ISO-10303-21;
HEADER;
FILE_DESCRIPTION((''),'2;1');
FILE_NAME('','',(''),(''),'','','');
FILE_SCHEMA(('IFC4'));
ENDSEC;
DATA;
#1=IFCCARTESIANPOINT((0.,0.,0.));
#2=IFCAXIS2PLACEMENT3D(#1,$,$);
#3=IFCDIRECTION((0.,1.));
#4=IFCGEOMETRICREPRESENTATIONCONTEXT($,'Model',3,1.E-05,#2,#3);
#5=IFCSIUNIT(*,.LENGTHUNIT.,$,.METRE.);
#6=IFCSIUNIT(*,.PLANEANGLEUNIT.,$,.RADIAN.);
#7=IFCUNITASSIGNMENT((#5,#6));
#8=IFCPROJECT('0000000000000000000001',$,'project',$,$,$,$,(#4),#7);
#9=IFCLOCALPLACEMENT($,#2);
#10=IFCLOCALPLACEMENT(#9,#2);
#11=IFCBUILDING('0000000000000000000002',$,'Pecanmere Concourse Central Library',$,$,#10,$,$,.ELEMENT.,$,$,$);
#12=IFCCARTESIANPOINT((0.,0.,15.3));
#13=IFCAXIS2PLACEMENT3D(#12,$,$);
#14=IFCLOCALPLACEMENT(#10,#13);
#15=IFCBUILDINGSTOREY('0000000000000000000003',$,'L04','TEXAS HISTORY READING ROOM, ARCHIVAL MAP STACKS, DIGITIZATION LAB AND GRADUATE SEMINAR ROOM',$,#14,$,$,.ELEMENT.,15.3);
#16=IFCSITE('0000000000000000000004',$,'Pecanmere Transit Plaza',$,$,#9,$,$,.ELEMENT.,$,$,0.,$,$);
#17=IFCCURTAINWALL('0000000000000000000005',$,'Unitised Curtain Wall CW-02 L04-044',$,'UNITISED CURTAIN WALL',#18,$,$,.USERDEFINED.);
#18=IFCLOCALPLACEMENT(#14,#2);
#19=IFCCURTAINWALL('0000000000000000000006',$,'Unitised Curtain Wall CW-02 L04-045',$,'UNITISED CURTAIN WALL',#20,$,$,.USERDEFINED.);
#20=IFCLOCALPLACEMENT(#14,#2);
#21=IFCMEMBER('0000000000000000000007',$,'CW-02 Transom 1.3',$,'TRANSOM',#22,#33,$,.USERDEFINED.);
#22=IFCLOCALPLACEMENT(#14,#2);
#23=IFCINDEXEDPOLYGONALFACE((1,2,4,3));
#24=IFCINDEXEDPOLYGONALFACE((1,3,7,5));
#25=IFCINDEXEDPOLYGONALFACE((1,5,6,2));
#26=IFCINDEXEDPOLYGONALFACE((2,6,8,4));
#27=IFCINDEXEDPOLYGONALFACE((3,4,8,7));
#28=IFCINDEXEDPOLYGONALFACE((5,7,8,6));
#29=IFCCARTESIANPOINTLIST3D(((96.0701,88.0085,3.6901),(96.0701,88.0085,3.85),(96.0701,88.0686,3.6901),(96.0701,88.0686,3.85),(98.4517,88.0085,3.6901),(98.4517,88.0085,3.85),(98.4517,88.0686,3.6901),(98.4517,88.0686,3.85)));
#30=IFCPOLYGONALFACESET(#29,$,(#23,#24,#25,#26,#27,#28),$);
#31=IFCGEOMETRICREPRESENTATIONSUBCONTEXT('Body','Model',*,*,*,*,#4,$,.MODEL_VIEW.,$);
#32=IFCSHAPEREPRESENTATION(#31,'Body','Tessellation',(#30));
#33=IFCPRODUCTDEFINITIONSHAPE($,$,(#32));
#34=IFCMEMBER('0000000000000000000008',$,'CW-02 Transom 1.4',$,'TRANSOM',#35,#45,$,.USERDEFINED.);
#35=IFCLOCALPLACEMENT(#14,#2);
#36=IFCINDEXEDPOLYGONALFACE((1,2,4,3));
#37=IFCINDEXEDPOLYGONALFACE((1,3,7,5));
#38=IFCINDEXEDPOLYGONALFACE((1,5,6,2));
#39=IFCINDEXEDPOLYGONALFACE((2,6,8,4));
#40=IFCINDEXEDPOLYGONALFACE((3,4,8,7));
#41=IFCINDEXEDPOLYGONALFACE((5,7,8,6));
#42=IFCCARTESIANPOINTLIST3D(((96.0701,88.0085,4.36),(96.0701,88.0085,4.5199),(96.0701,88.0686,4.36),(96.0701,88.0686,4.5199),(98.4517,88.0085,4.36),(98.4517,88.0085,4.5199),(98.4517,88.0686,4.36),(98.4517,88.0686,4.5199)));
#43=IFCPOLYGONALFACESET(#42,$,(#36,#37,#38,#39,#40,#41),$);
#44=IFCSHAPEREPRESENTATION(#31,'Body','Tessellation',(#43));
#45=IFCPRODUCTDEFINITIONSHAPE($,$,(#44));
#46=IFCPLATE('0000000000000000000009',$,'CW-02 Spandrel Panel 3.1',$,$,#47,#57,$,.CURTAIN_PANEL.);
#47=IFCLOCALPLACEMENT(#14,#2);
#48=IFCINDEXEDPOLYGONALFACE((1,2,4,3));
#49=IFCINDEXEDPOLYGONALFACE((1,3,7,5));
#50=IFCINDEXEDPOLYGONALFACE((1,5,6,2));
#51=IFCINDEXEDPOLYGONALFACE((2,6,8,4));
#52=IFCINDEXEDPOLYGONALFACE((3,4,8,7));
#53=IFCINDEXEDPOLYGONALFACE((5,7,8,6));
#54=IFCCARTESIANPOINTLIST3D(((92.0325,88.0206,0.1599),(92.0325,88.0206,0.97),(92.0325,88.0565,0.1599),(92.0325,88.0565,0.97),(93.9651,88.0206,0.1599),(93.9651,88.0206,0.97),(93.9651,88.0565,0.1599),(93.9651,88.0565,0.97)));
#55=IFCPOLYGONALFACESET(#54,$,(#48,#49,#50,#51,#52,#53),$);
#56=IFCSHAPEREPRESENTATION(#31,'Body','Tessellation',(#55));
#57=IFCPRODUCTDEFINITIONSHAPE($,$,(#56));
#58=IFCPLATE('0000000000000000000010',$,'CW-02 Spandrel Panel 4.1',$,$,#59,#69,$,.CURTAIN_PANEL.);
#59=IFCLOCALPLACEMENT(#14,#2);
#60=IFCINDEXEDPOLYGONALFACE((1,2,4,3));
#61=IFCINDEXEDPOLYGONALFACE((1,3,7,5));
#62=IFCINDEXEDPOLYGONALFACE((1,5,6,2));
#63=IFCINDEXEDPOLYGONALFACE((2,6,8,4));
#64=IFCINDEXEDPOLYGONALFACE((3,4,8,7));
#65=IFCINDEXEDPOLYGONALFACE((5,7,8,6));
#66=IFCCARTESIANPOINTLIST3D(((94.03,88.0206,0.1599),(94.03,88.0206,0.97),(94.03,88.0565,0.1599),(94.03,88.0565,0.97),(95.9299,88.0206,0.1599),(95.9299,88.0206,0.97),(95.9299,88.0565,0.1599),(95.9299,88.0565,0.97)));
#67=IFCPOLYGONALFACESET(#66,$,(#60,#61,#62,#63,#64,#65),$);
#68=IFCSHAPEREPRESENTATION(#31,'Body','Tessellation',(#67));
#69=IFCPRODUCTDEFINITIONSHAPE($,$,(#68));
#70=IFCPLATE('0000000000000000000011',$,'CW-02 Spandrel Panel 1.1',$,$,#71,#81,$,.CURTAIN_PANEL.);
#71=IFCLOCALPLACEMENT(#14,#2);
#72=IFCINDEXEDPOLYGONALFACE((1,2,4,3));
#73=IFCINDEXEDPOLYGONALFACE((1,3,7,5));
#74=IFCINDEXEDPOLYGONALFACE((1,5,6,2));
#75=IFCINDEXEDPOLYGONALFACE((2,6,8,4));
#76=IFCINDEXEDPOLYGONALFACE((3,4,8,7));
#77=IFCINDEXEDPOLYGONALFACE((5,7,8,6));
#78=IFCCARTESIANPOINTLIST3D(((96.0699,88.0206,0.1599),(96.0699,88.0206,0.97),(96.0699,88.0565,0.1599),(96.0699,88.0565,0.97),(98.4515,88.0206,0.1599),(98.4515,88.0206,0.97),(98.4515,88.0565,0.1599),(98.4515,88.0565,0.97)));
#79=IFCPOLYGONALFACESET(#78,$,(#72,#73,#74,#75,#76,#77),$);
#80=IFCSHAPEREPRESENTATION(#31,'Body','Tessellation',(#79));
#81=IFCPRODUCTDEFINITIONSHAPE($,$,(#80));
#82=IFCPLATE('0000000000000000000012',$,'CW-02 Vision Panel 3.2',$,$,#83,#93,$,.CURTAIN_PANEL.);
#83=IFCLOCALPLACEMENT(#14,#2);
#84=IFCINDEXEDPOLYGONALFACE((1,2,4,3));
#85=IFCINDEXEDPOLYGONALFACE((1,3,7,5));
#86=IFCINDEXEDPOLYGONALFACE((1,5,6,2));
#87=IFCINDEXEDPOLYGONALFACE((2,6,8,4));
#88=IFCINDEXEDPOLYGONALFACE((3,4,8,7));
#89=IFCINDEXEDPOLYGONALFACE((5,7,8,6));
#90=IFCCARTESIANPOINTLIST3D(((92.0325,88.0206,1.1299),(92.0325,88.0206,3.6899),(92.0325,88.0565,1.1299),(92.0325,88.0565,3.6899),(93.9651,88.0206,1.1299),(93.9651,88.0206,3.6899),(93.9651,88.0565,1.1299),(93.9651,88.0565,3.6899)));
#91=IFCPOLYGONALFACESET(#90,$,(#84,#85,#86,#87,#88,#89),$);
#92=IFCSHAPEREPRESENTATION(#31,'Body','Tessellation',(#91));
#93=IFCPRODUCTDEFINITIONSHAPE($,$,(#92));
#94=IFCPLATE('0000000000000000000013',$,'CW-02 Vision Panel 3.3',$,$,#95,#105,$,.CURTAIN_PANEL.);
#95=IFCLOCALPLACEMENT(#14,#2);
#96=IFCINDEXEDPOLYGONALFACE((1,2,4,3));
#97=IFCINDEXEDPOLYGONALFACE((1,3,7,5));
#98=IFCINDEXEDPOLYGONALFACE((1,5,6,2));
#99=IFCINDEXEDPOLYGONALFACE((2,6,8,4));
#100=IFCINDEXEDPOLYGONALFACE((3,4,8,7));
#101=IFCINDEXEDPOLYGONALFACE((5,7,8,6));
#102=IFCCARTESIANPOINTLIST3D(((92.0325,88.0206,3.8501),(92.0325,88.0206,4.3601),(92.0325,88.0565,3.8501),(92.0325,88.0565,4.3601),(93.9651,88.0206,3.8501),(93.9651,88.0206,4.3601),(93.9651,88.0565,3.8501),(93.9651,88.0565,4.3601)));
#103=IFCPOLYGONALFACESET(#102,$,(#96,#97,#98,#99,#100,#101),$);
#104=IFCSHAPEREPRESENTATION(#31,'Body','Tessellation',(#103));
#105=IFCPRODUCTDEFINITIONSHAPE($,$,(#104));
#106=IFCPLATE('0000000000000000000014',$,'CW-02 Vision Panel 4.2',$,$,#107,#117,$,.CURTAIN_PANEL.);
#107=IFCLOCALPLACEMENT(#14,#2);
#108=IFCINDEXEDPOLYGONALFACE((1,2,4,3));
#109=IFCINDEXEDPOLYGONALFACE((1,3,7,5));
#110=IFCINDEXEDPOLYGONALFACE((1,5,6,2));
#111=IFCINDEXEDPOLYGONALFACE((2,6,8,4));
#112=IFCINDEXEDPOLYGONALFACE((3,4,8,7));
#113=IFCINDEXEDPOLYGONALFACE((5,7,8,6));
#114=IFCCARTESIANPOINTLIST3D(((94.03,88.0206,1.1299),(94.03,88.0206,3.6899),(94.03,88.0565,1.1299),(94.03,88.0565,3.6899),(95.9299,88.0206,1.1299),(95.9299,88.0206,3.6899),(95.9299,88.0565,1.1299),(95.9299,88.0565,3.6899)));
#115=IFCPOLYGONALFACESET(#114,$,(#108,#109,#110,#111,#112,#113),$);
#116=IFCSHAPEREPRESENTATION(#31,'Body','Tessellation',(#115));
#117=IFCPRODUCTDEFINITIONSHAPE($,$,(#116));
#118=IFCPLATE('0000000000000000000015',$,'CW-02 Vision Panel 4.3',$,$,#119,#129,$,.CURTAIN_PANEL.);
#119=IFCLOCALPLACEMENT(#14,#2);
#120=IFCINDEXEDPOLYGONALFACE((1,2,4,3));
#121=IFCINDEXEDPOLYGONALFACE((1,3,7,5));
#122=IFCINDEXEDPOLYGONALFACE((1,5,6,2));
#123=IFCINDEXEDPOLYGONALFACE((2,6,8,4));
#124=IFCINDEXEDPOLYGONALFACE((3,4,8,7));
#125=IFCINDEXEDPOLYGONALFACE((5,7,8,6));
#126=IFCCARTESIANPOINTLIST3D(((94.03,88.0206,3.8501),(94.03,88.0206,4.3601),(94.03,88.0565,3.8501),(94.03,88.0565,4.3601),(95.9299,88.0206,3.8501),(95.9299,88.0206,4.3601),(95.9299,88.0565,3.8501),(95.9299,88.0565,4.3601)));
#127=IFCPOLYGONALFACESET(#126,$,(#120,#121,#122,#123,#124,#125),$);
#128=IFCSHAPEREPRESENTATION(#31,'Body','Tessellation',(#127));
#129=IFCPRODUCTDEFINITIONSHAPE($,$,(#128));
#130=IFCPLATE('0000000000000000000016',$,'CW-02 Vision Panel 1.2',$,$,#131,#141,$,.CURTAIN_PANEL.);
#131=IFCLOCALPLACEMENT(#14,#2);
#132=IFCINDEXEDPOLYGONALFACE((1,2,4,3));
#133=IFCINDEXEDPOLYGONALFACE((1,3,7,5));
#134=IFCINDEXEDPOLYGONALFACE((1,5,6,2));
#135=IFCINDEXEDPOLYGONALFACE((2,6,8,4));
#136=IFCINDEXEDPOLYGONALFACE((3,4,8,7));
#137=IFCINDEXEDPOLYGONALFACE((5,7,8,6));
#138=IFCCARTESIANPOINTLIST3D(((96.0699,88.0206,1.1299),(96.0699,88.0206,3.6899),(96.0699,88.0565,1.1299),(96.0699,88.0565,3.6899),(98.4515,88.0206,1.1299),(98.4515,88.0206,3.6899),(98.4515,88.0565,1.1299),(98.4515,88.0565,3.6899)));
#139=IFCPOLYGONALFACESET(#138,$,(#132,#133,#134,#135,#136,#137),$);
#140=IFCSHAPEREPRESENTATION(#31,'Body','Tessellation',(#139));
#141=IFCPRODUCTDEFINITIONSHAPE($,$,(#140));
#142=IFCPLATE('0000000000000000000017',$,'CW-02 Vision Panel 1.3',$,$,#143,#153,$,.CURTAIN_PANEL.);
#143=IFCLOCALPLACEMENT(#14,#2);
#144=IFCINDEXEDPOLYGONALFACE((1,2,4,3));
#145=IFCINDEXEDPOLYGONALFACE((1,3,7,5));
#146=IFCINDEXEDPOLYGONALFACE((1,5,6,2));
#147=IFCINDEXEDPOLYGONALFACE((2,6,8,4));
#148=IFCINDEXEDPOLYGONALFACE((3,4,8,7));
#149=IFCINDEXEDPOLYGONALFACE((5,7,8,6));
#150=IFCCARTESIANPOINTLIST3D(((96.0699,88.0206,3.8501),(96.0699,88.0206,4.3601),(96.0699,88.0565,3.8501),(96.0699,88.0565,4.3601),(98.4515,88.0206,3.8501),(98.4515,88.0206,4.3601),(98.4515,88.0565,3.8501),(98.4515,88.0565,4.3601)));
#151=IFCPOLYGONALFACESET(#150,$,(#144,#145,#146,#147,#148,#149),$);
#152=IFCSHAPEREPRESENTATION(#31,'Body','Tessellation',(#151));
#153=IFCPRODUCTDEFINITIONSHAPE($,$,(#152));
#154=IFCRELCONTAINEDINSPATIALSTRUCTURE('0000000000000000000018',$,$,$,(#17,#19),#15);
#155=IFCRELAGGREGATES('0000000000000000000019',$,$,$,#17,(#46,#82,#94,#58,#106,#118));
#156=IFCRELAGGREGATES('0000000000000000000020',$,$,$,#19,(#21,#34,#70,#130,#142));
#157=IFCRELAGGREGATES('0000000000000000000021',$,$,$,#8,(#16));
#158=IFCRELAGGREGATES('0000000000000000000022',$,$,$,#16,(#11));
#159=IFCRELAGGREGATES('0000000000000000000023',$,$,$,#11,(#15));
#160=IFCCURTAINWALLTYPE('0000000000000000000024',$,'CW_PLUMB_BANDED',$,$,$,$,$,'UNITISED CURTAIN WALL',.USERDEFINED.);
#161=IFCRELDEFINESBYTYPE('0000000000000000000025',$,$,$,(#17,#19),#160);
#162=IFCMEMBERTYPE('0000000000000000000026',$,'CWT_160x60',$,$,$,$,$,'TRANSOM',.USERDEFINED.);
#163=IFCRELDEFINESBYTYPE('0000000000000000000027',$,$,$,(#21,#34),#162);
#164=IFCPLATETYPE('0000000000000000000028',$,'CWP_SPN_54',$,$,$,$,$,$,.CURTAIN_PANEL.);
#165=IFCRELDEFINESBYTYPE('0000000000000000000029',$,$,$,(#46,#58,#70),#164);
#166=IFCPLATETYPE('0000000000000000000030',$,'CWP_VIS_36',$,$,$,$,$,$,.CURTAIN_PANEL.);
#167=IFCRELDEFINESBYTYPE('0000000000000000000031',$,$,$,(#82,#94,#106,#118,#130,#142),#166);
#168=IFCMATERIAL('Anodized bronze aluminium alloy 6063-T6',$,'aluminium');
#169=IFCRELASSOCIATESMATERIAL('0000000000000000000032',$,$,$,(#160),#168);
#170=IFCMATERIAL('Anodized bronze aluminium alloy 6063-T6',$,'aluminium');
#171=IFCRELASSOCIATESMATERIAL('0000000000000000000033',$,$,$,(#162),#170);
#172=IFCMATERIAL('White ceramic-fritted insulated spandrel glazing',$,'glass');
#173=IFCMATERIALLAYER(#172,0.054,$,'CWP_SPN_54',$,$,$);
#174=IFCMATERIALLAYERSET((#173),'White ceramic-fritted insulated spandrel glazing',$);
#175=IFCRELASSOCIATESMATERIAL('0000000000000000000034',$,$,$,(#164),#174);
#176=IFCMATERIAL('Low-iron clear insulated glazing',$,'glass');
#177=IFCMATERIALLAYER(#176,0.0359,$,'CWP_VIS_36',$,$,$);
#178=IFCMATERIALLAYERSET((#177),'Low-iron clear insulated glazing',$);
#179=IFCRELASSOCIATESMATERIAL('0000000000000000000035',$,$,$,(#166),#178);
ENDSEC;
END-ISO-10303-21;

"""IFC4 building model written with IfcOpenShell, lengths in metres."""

from ifc_helpers import new_model, si_unit, direction, frame, origin, origin_2d, place, context, subcontext, project, spatial, rectangle, extrude, material, layer, layer_set, material_profile, profile_set, type_object, element, aggregate, save


model = new_model("IFC4")

# Units and contexts
model_context = context("Model", 3, precision=1e-05, world=origin(), true_north=direction((0.0, 1.0)))
body_context = subcontext(model_context, "Body", "Model", "MODEL_VIEW")
ifc_project = project(units=[si_unit("LENGTHUNIT", "METRE"), si_unit("PLANEANGLEUNIT", "RADIAN")], contexts=[model_context])

# Site, building, storey
site_placement = place(None, origin())
site = spatial("IfcSite", under=ifc_project, at=site_placement, Name="Pecanmere Transit Plaza", CompositionType="ELEMENT", RefElevation=0.0)
building_placement = place(site_placement, origin())
building = spatial("IfcBuilding", under=site, at=building_placement, Name="Pecanmere Concourse Central Library", CompositionType="ELEMENT")
storey_placement = place(building_placement, frame((0.0, 0.0, 15.3)))
storey = spatial("IfcBuildingStorey", under=building, at=storey_placement, Name="L04", Description="TEXAS HISTORY READING ROOM, ARCHIVAL MAP STACKS, DIGITIZATION LAB AND GRADUATE SEMINAR ROOM", CompositionType="ELEMENT", Elevation=15.3)

# Curtain walls
ifc_material_1 = material(Name="Anodized bronze aluminium alloy 6063-T6", Category="aluminium")
curtain_wall_type = type_object("IfcCurtainWallType", Name="CW_PLUMB_BANDED", ElementType="UNITISED CURTAIN WALL", PredefinedType="USERDEFINED", material=ifc_material_1)
curtain_wall_1_placement = place(storey_placement, origin())
curtain_wall_1 = element("IfcCurtainWall", 1, at=curtain_wall_1_placement, inside=storey, type_object=curtain_wall_type, Name="Unitised Curtain Wall CW-02 L04-044", ObjectType="UNITISED CURTAIN WALL", PredefinedType="USERDEFINED")
curtain_wall_2_placement = place(storey_placement, origin())
curtain_wall_2 = element("IfcCurtainWall", 2, at=curtain_wall_2_placement, inside=storey, type_object=curtain_wall_type, Name="Unitised Curtain Wall CW-02 L04-045", ObjectType="UNITISED CURTAIN WALL", PredefinedType="USERDEFINED")

# Members
ifc_material_2 = material(Name="Anodized bronze aluminium alloy 6063-T6", Category="aluminium")
ifc_material_profile_1 = material_profile(ifc_material_2, rectangle(XDim=0.0601, YDim=0.1599, at=origin_2d()), Name="AL 60x160")
ifc_profile_set_1 = profile_set([ifc_material_profile_1], Name="Anodized bronze aluminium alloy 6063-T6")
member_type_1 = type_object("IfcMemberType", Name="CWT_160x60", ElementType="TRANSOM", PredefinedType="USERDEFINED", material=ifc_profile_set_1)
member_1_placement = place(storey_placement, frame((96.0701, 88.0386, 3.77), z_axis=(1.0, 0.0, 0.0), x_axis=(0.0, 1.0, 0.0)))
member_1 = element("IfcMember", 3, at=member_1_placement, type_object=member_type_1, Name="CW-02 Transom 1.3", ObjectType="TRANSOM", PredefinedType="USERDEFINED", context=body_context, shape_type="SweptSolid", body=[
    extrude(rectangle(XDim=0.0601, YDim=0.1599, at=origin_2d()), origin(), (0.0, 0.0, 1.0), 2.3816),
])
member_2_placement = place(storey_placement, frame((96.0701, 88.0386, 4.4399), z_axis=(1.0, 0.0, 0.0), x_axis=(0.0, 1.0, 0.0)))
member_2 = element("IfcMember", 4, at=member_2_placement, type_object=member_type_1, Name="CW-02 Transom 1.4", ObjectType="TRANSOM", PredefinedType="USERDEFINED", context=body_context, shape_type="SweptSolid", body=[
    extrude(rectangle(XDim=0.0601, YDim=0.1599, at=origin_2d()), origin(), (0.0, 0.0, 1.0), 2.3816),
])

# Plates
ifc_material_3 = material(Name="White ceramic-fritted insulated spandrel glazing", Category="glass")
ifc_layer_1 = layer(ifc_material_3, 0.054, Name="CWP_SPN_54")
ifc_layer_set_1 = layer_set([ifc_layer_1], Name="White ceramic-fritted insulated spandrel glazing")
plate_type_1 = type_object("IfcPlateType", Name="CWP_SPN_54", PredefinedType="CURTAIN_PANEL", material=ifc_layer_set_1)
plate_1_placement = place(storey_placement, frame((92.9988, 88.0386, 0.1599), z_axis=(0.0, 0.0, 1.0), x_axis=(1.0, 0.0, 0.0)))
plate_1 = element("IfcPlate", 5, at=plate_1_placement, type_object=plate_type_1, Name="CW-02 Spandrel Panel 3.1", PredefinedType="CURTAIN_PANEL", context=body_context, shape_type="SweptSolid", body=[
    extrude(rectangle(XDim=1.9326, YDim=0.0359, at=origin_2d()), origin(), (0.0, 0.0, 1.0), 0.8101),
])
plate_2_placement = place(storey_placement, frame((94.98, 88.0386, 0.1599), z_axis=(0.0, 0.0, 1.0), x_axis=(1.0, 0.0, 0.0)))
plate_2 = element("IfcPlate", 6, at=plate_2_placement, type_object=plate_type_1, Name="CW-02 Spandrel Panel 4.1", PredefinedType="CURTAIN_PANEL", context=body_context, shape_type="SweptSolid", body=[
    extrude(rectangle(XDim=1.8999, YDim=0.0359, at=origin_2d()), origin(), (0.0, 0.0, 1.0), 0.8101),
])
plate_3_placement = place(storey_placement, frame((97.2607, 88.0386, 0.1599), z_axis=(0.0, 0.0, 1.0), x_axis=(1.0, 0.0, 0.0)))
plate_3 = element("IfcPlate", 7, at=plate_3_placement, type_object=plate_type_1, Name="CW-02 Spandrel Panel 1.1", PredefinedType="CURTAIN_PANEL", context=body_context, shape_type="SweptSolid", body=[
    extrude(rectangle(XDim=2.3816, YDim=0.0359, at=origin_2d()), origin(), (0.0, 0.0, 1.0), 0.8101),
])
ifc_material_4 = material(Name="Low-iron clear insulated glazing", Category="glass")
ifc_layer_2 = layer(ifc_material_4, 0.0359, Name="CWP_VIS_36")
ifc_layer_set_2 = layer_set([ifc_layer_2], Name="Low-iron clear insulated glazing")
plate_type_2 = type_object("IfcPlateType", Name="CWP_VIS_36", PredefinedType="CURTAIN_PANEL", material=ifc_layer_set_2)
plate_4_placement = place(storey_placement, frame((92.9988, 88.0386, 1.1299), z_axis=(0.0, 0.0, 1.0), x_axis=(1.0, 0.0, 0.0)))
plate_4 = element("IfcPlate", 8, at=plate_4_placement, type_object=plate_type_2, Name="CW-02 Vision Panel 3.2", PredefinedType="CURTAIN_PANEL", context=body_context, shape_type="SweptSolid", body=[
    extrude(rectangle(XDim=1.9326, YDim=0.0359, at=origin_2d()), origin(), (0.0, 0.0, 1.0), 2.5601),
])
plate_5_placement = place(storey_placement, frame((92.9988, 88.0386, 3.8501), z_axis=(0.0, 0.0, 1.0), x_axis=(1.0, 0.0, 0.0)))
plate_5 = element("IfcPlate", 9, at=plate_5_placement, type_object=plate_type_2, Name="CW-02 Vision Panel 3.3", PredefinedType="CURTAIN_PANEL", context=body_context, shape_type="SweptSolid", body=[
    extrude(rectangle(XDim=1.9326, YDim=0.0359, at=origin_2d()), origin(), (0.0, 0.0, 1.0), 0.51),
])
plate_6_placement = place(storey_placement, frame((94.98, 88.0386, 1.1299), z_axis=(0.0, 0.0, 1.0), x_axis=(1.0, 0.0, 0.0)))
plate_6 = element("IfcPlate", 10, at=plate_6_placement, type_object=plate_type_2, Name="CW-02 Vision Panel 4.2", PredefinedType="CURTAIN_PANEL", context=body_context, shape_type="SweptSolid", body=[
    extrude(rectangle(XDim=1.8999, YDim=0.0359, at=origin_2d()), origin(), (0.0, 0.0, 1.0), 2.5601),
])
plate_7_placement = place(storey_placement, frame((94.98, 88.0386, 3.8501), z_axis=(0.0, 0.0, 1.0), x_axis=(1.0, 0.0, 0.0)))
plate_7 = element("IfcPlate", 11, at=plate_7_placement, type_object=plate_type_2, Name="CW-02 Vision Panel 4.3", PredefinedType="CURTAIN_PANEL", context=body_context, shape_type="SweptSolid", body=[
    extrude(rectangle(XDim=1.8999, YDim=0.0359, at=origin_2d()), origin(), (0.0, 0.0, 1.0), 0.51),
])
aggregate(curtain_wall_1, [plate_1, plate_4, plate_5, plate_2, plate_6, plate_7])
plate_8_placement = place(storey_placement, frame((97.2607, 88.0386, 1.1299), z_axis=(0.0, 0.0, 1.0), x_axis=(1.0, 0.0, 0.0)))
plate_8 = element("IfcPlate", 12, at=plate_8_placement, type_object=plate_type_2, Name="CW-02 Vision Panel 1.2", PredefinedType="CURTAIN_PANEL", context=body_context, shape_type="SweptSolid", body=[
    extrude(rectangle(XDim=2.3816, YDim=0.0359, at=origin_2d()), origin(), (0.0, 0.0, 1.0), 2.5601),
])
plate_9_placement = place(storey_placement, frame((97.2607, 88.0386, 3.8501), z_axis=(0.0, 0.0, 1.0), x_axis=(1.0, 0.0, 0.0)))
plate_9 = element("IfcPlate", 13, at=plate_9_placement, type_object=plate_type_2, Name="CW-02 Vision Panel 1.3", PredefinedType="CURTAIN_PANEL", context=body_context, shape_type="SweptSolid", body=[
    extrude(rectangle(XDim=2.3816, YDim=0.0359, at=origin_2d()), origin(), (0.0, 0.0, 1.0), 0.51),
])
aggregate(curtain_wall_2, [member_1, member_2, plate_3, plate_8, plate_9])

save(model, "model.ifc")
